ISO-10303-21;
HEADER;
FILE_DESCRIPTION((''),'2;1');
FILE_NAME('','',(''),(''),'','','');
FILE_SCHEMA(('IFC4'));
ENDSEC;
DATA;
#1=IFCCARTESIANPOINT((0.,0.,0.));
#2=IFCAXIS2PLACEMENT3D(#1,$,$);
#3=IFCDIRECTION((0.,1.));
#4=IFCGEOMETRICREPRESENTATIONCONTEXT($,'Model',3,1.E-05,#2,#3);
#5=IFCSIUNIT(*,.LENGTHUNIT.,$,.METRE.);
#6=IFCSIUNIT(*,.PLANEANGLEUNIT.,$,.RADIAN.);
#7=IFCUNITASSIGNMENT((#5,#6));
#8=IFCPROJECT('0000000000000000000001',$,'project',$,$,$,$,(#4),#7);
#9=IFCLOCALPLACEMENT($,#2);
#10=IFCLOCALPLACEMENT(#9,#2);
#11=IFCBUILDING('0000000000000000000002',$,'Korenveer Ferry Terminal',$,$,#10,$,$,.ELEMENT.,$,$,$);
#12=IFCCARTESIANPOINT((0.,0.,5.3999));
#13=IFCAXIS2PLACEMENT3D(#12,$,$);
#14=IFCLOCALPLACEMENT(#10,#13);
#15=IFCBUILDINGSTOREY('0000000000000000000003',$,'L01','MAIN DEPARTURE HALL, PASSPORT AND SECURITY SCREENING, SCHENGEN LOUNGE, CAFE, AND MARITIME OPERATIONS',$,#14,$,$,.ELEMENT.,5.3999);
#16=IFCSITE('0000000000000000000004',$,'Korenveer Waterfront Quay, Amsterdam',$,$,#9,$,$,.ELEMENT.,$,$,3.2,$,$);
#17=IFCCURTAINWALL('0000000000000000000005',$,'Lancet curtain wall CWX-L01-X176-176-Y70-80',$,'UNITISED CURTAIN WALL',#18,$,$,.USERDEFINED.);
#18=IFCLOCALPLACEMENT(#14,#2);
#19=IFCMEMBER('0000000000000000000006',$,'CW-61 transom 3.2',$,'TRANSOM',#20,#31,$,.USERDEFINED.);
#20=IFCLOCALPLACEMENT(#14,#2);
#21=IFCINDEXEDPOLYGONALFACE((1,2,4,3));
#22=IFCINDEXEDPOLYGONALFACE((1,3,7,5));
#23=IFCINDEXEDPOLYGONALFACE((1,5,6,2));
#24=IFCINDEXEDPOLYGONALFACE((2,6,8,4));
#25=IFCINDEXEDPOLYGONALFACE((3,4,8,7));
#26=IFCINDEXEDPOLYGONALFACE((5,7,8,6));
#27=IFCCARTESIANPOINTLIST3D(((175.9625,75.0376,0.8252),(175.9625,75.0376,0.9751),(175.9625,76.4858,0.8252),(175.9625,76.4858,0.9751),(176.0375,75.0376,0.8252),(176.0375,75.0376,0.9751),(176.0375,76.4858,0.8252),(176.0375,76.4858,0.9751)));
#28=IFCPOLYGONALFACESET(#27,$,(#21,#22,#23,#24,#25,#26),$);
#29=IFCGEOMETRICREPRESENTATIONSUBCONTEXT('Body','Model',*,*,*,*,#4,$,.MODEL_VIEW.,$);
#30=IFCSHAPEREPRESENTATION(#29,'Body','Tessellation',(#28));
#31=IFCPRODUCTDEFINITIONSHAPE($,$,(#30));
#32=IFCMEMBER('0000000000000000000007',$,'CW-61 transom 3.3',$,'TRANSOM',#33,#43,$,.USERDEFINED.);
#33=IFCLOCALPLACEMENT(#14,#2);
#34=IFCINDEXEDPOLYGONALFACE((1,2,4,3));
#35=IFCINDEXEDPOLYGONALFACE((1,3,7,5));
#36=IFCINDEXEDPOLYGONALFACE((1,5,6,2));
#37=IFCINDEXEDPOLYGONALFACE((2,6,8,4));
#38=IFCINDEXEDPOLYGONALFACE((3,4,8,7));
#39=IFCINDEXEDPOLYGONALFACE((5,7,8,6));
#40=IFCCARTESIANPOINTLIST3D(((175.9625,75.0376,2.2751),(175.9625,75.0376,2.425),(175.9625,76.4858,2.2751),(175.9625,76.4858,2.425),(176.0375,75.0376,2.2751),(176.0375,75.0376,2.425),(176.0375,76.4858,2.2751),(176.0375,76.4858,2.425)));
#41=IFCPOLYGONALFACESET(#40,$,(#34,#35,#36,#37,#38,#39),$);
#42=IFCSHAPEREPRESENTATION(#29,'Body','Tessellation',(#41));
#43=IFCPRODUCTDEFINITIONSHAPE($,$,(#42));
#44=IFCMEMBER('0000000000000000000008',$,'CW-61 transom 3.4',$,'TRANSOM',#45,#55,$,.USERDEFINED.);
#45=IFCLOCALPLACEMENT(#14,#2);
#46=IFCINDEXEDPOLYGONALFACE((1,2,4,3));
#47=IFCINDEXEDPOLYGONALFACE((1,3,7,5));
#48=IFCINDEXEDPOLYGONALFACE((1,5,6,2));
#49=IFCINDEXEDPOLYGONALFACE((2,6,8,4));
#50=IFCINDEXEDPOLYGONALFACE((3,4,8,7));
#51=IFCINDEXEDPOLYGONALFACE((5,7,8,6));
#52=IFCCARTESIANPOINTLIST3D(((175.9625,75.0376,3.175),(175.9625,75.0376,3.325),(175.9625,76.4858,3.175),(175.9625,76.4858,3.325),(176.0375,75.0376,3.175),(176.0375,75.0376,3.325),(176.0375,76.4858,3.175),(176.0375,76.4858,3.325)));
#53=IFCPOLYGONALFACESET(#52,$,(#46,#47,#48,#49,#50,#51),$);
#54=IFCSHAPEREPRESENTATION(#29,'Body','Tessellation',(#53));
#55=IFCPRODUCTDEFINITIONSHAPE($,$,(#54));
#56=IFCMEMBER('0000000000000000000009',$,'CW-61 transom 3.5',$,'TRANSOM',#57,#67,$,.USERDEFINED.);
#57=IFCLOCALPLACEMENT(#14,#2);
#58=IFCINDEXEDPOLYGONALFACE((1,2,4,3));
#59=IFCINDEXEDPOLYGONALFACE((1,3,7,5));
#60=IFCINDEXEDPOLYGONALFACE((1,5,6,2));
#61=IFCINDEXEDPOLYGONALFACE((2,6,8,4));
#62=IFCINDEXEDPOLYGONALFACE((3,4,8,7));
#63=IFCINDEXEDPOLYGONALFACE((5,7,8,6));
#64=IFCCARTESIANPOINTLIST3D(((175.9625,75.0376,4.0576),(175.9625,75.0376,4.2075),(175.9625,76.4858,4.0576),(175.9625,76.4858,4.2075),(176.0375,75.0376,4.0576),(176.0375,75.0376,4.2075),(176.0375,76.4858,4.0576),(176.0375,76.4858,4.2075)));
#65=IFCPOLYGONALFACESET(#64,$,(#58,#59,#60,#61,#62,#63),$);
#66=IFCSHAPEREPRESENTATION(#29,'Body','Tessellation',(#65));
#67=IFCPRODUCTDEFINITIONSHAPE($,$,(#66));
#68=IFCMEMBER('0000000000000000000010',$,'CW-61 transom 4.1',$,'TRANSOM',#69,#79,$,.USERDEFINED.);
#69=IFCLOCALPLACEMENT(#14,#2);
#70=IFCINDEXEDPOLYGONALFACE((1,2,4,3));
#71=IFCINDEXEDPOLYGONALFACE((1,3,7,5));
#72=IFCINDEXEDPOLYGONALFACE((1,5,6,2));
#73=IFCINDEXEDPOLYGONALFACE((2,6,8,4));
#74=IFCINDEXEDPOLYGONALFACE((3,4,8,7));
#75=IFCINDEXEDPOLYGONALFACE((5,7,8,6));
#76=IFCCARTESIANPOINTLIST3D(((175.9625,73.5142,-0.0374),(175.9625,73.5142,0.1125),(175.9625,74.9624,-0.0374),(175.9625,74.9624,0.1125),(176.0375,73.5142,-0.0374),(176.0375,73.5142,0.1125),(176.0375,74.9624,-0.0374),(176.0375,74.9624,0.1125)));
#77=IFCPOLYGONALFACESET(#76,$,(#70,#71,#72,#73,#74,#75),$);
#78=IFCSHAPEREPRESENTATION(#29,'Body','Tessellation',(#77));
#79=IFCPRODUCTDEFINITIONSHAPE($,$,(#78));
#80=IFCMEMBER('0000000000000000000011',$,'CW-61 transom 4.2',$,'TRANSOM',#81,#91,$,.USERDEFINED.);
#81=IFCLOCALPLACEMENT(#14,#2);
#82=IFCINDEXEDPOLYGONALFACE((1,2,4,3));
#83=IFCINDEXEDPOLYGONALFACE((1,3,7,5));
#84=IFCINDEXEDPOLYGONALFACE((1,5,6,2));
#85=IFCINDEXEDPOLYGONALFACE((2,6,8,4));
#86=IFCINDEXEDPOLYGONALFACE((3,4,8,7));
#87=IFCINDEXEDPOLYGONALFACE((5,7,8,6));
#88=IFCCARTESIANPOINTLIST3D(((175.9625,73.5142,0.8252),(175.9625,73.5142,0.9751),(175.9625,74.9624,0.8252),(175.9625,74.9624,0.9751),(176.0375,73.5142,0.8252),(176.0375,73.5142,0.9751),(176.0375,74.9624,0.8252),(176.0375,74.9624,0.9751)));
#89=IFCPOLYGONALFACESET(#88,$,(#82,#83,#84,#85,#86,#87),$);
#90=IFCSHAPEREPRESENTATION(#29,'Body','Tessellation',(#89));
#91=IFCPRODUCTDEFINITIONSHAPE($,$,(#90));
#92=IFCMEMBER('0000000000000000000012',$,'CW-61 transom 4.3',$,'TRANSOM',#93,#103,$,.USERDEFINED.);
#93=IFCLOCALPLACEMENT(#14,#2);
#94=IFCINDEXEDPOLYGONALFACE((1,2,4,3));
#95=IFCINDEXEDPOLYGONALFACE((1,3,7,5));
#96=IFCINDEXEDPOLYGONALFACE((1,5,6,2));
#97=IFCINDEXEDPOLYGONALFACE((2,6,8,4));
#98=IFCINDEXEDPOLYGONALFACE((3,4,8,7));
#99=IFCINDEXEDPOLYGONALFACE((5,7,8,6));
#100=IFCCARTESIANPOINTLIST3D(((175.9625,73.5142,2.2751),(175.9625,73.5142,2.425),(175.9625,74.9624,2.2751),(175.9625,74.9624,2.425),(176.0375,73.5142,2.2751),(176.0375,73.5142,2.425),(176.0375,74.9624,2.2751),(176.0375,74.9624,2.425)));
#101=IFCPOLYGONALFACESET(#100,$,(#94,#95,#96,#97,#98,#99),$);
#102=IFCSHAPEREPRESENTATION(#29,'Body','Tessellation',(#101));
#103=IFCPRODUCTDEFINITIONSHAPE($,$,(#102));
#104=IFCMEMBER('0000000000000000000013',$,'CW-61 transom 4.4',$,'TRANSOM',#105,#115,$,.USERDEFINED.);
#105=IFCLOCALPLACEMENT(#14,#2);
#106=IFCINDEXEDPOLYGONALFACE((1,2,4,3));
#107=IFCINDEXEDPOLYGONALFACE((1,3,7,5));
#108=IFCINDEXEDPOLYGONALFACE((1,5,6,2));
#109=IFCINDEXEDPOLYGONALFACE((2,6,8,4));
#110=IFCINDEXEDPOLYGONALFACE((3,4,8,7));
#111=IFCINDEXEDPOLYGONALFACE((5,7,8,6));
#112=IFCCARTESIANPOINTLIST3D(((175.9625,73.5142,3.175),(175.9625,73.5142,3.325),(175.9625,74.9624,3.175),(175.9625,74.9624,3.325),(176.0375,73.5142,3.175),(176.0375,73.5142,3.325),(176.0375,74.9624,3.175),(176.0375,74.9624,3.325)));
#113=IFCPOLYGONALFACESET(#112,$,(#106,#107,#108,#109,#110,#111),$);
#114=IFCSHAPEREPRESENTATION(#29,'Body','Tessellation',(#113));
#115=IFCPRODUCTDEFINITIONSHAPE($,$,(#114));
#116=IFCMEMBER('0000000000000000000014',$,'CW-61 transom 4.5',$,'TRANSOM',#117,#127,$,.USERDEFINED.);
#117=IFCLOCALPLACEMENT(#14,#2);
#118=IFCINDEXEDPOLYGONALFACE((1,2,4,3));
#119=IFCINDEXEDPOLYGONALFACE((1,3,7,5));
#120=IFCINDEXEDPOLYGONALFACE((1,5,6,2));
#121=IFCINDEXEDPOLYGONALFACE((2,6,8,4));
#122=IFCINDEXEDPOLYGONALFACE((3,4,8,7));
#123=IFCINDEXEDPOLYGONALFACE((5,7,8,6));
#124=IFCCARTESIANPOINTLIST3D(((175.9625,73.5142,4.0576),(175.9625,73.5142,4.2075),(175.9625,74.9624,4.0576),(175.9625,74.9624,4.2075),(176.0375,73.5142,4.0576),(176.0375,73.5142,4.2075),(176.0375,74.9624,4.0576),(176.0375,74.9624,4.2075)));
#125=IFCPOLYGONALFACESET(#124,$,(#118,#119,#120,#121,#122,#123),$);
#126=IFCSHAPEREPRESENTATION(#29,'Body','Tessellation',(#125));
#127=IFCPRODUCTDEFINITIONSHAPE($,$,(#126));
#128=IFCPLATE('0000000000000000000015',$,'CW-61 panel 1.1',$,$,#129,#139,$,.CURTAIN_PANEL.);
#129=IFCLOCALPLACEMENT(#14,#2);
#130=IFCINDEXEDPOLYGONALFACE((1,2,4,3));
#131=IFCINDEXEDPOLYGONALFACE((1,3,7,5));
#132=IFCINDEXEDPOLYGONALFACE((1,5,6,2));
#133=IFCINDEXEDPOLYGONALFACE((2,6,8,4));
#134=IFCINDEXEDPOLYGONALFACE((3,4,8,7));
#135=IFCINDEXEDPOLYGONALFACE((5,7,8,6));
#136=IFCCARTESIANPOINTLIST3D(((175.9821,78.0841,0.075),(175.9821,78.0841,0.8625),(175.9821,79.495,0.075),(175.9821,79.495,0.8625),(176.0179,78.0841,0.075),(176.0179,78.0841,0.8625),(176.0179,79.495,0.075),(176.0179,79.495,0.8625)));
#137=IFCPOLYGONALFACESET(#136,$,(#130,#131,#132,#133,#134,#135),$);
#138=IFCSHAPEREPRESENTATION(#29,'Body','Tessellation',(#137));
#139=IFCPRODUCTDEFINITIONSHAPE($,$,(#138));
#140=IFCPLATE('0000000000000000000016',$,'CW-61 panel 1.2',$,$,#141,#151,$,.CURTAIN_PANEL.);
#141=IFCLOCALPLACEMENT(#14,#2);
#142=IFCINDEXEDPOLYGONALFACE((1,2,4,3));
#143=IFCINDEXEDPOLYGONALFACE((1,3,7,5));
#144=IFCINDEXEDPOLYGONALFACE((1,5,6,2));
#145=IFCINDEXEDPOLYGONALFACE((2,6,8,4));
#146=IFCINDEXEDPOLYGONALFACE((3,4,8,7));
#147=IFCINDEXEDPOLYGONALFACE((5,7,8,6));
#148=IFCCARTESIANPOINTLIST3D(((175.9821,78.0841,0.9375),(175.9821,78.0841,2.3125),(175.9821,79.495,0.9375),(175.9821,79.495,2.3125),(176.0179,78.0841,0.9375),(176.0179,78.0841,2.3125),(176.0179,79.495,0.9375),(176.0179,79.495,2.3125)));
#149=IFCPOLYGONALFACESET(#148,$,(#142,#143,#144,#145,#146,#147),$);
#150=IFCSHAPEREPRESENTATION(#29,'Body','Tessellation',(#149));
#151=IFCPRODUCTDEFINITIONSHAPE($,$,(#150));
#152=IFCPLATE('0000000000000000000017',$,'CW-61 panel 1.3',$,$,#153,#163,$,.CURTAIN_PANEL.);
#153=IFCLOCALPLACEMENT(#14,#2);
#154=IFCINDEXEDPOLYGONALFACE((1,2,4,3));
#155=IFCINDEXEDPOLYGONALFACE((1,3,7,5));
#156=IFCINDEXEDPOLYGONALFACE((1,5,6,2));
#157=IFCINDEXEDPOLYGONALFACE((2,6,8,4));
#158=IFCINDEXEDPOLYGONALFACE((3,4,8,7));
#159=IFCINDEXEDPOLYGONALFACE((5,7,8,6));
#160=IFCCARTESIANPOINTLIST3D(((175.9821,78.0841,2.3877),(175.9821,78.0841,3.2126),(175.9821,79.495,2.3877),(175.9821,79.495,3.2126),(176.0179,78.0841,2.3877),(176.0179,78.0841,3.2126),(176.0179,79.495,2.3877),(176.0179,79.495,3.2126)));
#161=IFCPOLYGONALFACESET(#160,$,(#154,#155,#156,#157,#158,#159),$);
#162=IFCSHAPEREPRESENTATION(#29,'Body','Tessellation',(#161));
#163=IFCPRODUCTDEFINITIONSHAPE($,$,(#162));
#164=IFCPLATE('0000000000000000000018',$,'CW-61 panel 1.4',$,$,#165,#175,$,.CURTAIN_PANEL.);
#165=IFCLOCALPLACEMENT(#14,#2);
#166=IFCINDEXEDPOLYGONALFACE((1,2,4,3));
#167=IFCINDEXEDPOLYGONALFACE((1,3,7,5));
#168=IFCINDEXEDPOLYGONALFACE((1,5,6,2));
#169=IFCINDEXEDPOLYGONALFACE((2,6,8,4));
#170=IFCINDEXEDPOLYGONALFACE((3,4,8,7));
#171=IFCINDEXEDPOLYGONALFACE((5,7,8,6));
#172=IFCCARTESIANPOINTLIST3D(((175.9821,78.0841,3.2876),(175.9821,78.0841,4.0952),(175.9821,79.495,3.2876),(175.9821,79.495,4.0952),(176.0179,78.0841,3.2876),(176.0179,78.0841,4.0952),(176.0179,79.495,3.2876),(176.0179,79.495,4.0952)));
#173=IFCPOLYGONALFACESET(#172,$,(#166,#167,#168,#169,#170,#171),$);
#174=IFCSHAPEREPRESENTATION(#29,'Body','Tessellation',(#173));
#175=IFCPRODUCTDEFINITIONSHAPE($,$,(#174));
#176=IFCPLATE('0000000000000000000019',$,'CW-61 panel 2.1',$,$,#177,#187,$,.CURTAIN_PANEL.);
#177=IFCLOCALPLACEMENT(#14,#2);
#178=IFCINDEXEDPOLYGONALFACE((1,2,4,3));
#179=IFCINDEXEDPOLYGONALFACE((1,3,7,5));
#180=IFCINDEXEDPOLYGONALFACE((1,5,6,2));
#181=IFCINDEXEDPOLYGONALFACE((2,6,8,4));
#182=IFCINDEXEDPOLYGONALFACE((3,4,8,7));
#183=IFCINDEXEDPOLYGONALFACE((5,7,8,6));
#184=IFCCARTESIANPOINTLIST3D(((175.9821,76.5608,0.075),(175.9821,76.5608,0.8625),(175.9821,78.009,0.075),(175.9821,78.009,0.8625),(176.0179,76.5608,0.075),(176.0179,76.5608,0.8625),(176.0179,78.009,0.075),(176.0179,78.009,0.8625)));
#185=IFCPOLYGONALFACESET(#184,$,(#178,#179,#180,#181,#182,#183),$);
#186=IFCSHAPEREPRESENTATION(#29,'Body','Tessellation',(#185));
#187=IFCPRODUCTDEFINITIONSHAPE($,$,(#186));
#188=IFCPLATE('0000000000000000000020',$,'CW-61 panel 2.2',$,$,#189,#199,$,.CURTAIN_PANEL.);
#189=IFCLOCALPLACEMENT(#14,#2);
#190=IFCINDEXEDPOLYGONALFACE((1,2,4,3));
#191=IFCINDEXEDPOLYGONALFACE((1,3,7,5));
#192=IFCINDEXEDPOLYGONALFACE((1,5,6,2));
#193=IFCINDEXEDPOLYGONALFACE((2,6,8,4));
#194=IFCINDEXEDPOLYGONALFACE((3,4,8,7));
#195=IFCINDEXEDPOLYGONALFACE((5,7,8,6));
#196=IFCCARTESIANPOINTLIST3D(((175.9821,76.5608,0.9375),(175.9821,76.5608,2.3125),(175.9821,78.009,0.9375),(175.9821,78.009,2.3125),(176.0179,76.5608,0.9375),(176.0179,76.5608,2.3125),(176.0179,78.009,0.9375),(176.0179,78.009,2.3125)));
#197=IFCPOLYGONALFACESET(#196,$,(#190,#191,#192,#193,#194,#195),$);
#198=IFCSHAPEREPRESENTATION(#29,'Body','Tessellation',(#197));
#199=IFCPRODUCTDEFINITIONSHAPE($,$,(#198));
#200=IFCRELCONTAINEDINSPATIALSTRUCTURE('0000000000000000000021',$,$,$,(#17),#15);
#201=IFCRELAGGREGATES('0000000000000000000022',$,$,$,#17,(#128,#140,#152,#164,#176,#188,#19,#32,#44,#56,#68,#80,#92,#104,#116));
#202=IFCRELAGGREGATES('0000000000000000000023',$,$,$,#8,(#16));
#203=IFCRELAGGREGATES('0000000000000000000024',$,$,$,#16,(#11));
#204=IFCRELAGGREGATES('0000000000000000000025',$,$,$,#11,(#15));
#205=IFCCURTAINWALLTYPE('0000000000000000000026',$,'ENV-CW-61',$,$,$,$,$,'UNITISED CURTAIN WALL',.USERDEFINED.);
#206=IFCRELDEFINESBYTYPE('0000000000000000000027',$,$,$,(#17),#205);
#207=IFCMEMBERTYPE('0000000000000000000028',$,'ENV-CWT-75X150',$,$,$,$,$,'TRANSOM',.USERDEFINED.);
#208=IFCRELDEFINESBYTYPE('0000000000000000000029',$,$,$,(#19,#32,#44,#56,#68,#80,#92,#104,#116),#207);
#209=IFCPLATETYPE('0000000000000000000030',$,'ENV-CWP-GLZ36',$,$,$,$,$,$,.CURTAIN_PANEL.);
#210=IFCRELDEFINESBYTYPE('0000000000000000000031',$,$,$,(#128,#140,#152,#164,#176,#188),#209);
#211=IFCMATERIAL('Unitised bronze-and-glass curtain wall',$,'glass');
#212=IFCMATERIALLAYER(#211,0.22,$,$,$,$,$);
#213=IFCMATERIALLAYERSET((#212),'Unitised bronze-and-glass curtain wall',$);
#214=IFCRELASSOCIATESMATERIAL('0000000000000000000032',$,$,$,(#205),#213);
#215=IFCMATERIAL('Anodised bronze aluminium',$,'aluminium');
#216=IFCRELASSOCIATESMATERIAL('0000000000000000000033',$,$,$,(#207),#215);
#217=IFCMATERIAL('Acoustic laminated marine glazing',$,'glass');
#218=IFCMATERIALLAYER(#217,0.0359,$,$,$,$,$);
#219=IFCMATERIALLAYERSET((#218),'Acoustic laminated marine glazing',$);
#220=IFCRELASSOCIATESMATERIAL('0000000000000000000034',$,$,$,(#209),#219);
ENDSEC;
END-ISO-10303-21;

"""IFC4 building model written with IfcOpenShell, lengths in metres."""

from ifc_helpers import new_model, si_unit, direction, frame, origin, origin_2d, place, context, subcontext, project, spatial, rectangle, extrude, material, layer, layer_set, material_profile, profile_set, type_object, element, aggregate, save


model = new_model("IFC4")

# Units and contexts
model_context = context("Model", 3, precision=1e-05, world=origin(), true_north=direction((0.0, 1.0)))
body_context = subcontext(model_context, "Body", "Model", "MODEL_VIEW")
ifc_project = project(units=[si_unit("LENGTHUNIT", "METRE"), si_unit("PLANEANGLEUNIT", "RADIAN")], contexts=[model_context])

# Site, building, storey
site_placement = place(None, origin())
site = spatial("IfcSite", under=ifc_project, at=site_placement, Name="Korenveer Waterfront Quay, Amsterdam", CompositionType="ELEMENT", RefElevation=3.2)
building_placement = place(site_placement, origin())
building = spatial("IfcBuilding", under=site, at=building_placement, Name="Korenveer Ferry Terminal", CompositionType="ELEMENT")
storey_placement = place(building_placement, frame((0.0, 0.0, 5.3999)))
storey = spatial("IfcBuildingStorey", under=building, at=storey_placement, Name="L01", Description="MAIN DEPARTURE HALL, PASSPORT AND SECURITY SCREENING, SCHENGEN LOUNGE, CAFE, AND MARITIME OPERATIONS", CompositionType="ELEMENT", Elevation=5.3999)

# Curtain wall, members, plates
ifc_material_1 = material(Name="Unitised bronze-and-glass curtain wall", Category="glass")
ifc_layer_1 = layer(ifc_material_1, 0.22)
ifc_layer_set_1 = layer_set([ifc_layer_1], Name="Unitised bronze-and-glass curtain wall")
curtain_wall_type = type_object("IfcCurtainWallType", Name="ENV-CW-61", ElementType="UNITISED CURTAIN WALL", PredefinedType="USERDEFINED", material=ifc_layer_set_1)
curtain_wall_placement = place(storey_placement, frame((176.0, 79.5701, 0.0)))
curtain_wall = element("IfcCurtainWall", 1, at=curtain_wall_placement, inside=storey, type_object=curtain_wall_type, Name="Lancet curtain wall CWX-L01-X176-176-Y70-80", ObjectType="UNITISED CURTAIN WALL", PredefinedType="USERDEFINED")
ifc_material_2 = material(Name="Anodised bronze aluminium", Category="aluminium")
ifc_material_profile_1 = material_profile(ifc_material_2, rectangle(XDim=0.075, YDim=0.1499, at=origin_2d()), Name="ALU 75x150")
ifc_profile_set_1 = profile_set([ifc_material_profile_1], Name="Anodised bronze aluminium")
member_type_1 = type_object("IfcMemberType", Name="ENV-CWT-75X150", ElementType="TRANSOM", PredefinedType="USERDEFINED", material=ifc_profile_set_1)
member_1_placement = place(storey_placement, frame((176.0, 76.4858, 0.9001), z_axis=(0.0, -1.0, 0.0), x_axis=(1.0, 0.0, 0.0)))
member_1 = element("IfcMember", 2, at=member_1_placement, type_object=member_type_1, Name="CW-61 transom 3.2", ObjectType="TRANSOM", PredefinedType="USERDEFINED", context=body_context, shape_type="SweptSolid", body=[
    extrude(rectangle(XDim=0.075, YDim=0.1499, at=origin_2d()), origin(), (0.0, 0.0, 1.0), 1.4482),
])
member_2_placement = place(storey_placement, frame((176.0, 76.4858, 2.3501), z_axis=(0.0, -1.0, 0.0), x_axis=(1.0, 0.0, 0.0)))
member_2 = element("IfcMember", 3, at=member_2_placement, type_object=member_type_1, Name="CW-61 transom 3.3", ObjectType="TRANSOM", PredefinedType="USERDEFINED", context=body_context, shape_type="SweptSolid", body=[
    extrude(rectangle(XDim=0.075, YDim=0.1499, at=origin_2d()), origin(), (0.0, 0.0, 1.0), 1.4482),
])
member_3_placement = place(storey_placement, frame((176.0, 76.4858, 3.25), z_axis=(0.0, -1.0, 0.0), x_axis=(1.0, 0.0, 0.0)))
member_3 = element("IfcMember", 4, at=member_3_placement, type_object=member_type_1, Name="CW-61 transom 3.4", ObjectType="TRANSOM", PredefinedType="USERDEFINED", context=body_context, shape_type="SweptSolid", body=[
    extrude(rectangle(XDim=0.075, YDim=0.1499, at=origin_2d()), origin(), (0.0, 0.0, 1.0), 1.4482),
])
member_4_placement = place(storey_placement, frame((176.0, 76.4858, 4.1326), z_axis=(0.0, -1.0, 0.0), x_axis=(1.0, 0.0, 0.0)))
member_4 = element("IfcMember", 5, at=member_4_placement, type_object=member_type_1, Name="CW-61 transom 3.5", ObjectType="TRANSOM", PredefinedType="USERDEFINED", context=body_context, shape_type="SweptSolid", body=[
    extrude(rectangle(XDim=0.075, YDim=0.1499, at=origin_2d()), origin(), (0.0, 0.0, 1.0), 1.4482),
])
member_5_placement = place(storey_placement, frame((176.0, 74.9624, 0.0376), z_axis=(0.0, -1.0, 0.0), x_axis=(1.0, 0.0, 0.0)))
member_5 = element("IfcMember", 6, at=member_5_placement, type_object=member_type_1, Name="CW-61 transom 4.1", ObjectType="TRANSOM", PredefinedType="USERDEFINED", context=body_context, shape_type="SweptSolid", body=[
    extrude(rectangle(XDim=0.075, YDim=0.1499, at=origin_2d()), origin(), (0.0, 0.0, 1.0), 1.4482),
])
member_6_placement = place(storey_placement, frame((176.0, 74.9624, 0.9001), z_axis=(0.0, -1.0, 0.0), x_axis=(1.0, 0.0, 0.0)))
member_6 = element("IfcMember", 7, at=member_6_placement, type_object=member_type_1, Name="CW-61 transom 4.2", ObjectType="TRANSOM", PredefinedType="USERDEFINED", context=body_context, shape_type="SweptSolid", body=[
    extrude(rectangle(XDim=0.075, YDim=0.1499, at=origin_2d()), origin(), (0.0, 0.0, 1.0), 1.4482),
])
member_7_placement = place(storey_placement, frame((176.0, 74.9624, 2.3501), z_axis=(0.0, -1.0, 0.0), x_axis=(1.0, 0.0, 0.0)))
member_7 = element("IfcMember", 8, at=member_7_placement, type_object=member_type_1, Name="CW-61 transom 4.3", ObjectType="TRANSOM", PredefinedType="USERDEFINED", context=body_context, shape_type="SweptSolid", body=[
    extrude(rectangle(XDim=0.075, YDim=0.1499, at=origin_2d()), origin(), (0.0, 0.0, 1.0), 1.4482),
])
member_8_placement = place(storey_placement, frame((176.0, 74.9624, 3.25), z_axis=(0.0, -1.0, 0.0), x_axis=(1.0, 0.0, 0.0)))
member_8 = element("IfcMember", 9, at=member_8_placement, type_object=member_type_1, Name="CW-61 transom 4.4", ObjectType="TRANSOM", PredefinedType="USERDEFINED", context=body_context, shape_type="SweptSolid", body=[
    extrude(rectangle(XDim=0.075, YDim=0.1499, at=origin_2d()), origin(), (0.0, 0.0, 1.0), 1.4482),
])
member_9_placement = place(storey_placement, frame((176.0, 74.9624, 4.1326), z_axis=(0.0, -1.0, 0.0), x_axis=(1.0, 0.0, 0.0)))
member_9 = element("IfcMember", 10, at=member_9_placement, type_object=member_type_1, Name="CW-61 transom 4.5", ObjectType="TRANSOM", PredefinedType="USERDEFINED", context=body_context, shape_type="SweptSolid", body=[
    extrude(rectangle(XDim=0.075, YDim=0.1499, at=origin_2d()), origin(), (0.0, 0.0, 1.0), 1.4482),
])
ifc_material_3 = material(Name="Acoustic laminated marine glazing", Category="glass")
ifc_layer_2 = layer(ifc_material_3, 0.0359)
ifc_layer_set_2 = layer_set([ifc_layer_2], Name="Acoustic laminated marine glazing")
plate_type = type_object("IfcPlateType", Name="ENV-CWP-GLZ36", PredefinedType="CURTAIN_PANEL", material=ifc_layer_set_2)
plate_1_placement = place(storey_placement, frame((176.0, 78.7896, 0.075), z_axis=(0.0, 0.0, 1.0), x_axis=(0.0, -1.0, 0.0)))
plate_1 = element("IfcPlate", 11, at=plate_1_placement, type_object=plate_type, Name="CW-61 panel 1.1", PredefinedType="CURTAIN_PANEL", context=body_context, shape_type="SweptSolid", body=[
    extrude(rectangle(XDim=1.4109, YDim=0.0359, at=origin_2d()), origin(), (0.0, 0.0, 1.0), 0.7876),
])
plate_2_placement = place(storey_placement, frame((176.0, 78.7896, 0.9375), z_axis=(0.0, 0.0, 1.0), x_axis=(0.0, -1.0, 0.0)))
plate_2 = element("IfcPlate", 12, at=plate_2_placement, type_object=plate_type, Name="CW-61 panel 1.2", PredefinedType="CURTAIN_PANEL", context=body_context, shape_type="SweptSolid", body=[
    extrude(rectangle(XDim=1.4109, YDim=0.0359, at=origin_2d()), origin(), (0.0, 0.0, 1.0), 1.375),
])
plate_3_placement = place(storey_placement, frame((176.0, 78.7896, 2.3877), z_axis=(0.0, 0.0, 1.0), x_axis=(0.0, -1.0, 0.0)))
plate_3 = element("IfcPlate", 13, at=plate_3_placement, type_object=plate_type, Name="CW-61 panel 1.3", PredefinedType="CURTAIN_PANEL", context=body_context, shape_type="SweptSolid", body=[
    extrude(rectangle(XDim=1.4109, YDim=0.0359, at=origin_2d()), origin(), (0.0, 0.0, 1.0), 0.825),
])
plate_4_placement = place(storey_placement, frame((176.0, 78.7896, 3.2876), z_axis=(0.0, 0.0, 1.0), x_axis=(0.0, -1.0, 0.0)))
plate_4 = element("IfcPlate", 14, at=plate_4_placement, type_object=plate_type, Name="CW-61 panel 1.4", PredefinedType="CURTAIN_PANEL", context=body_context, shape_type="SweptSolid", body=[
    extrude(rectangle(XDim=1.4109, YDim=0.0359, at=origin_2d()), origin(), (0.0, 0.0, 1.0), 0.8076),
])
plate_5_placement = place(storey_placement, frame((176.0, 77.2849, 0.075), z_axis=(0.0, 0.0, 1.0), x_axis=(0.0, -1.0, 0.0)))
plate_5 = element("IfcPlate", 15, at=plate_5_placement, type_object=plate_type, Name="CW-61 panel 2.1", PredefinedType="CURTAIN_PANEL", context=body_context, shape_type="SweptSolid", body=[
    extrude(rectangle(XDim=1.4482, YDim=0.0359, at=origin_2d()), origin(), (0.0, 0.0, 1.0), 0.7876),
])
plate_6_placement = place(storey_placement, frame((176.0, 77.2849, 0.9375), z_axis=(0.0, 0.0, 1.0), x_axis=(0.0, -1.0, 0.0)))
plate_6 = element("IfcPlate", 16, at=plate_6_placement, type_object=plate_type, Name="CW-61 panel 2.2", PredefinedType="CURTAIN_PANEL", context=body_context, shape_type="SweptSolid", body=[
    extrude(rectangle(XDim=1.4482, YDim=0.0359, at=origin_2d()), origin(), (0.0, 0.0, 1.0), 1.375),
])
aggregate(curtain_wall, [plate_1, plate_2, plate_3, plate_4, plate_5, plate_6, member_1, member_2, member_3, member_4, member_5, member_6, member_7, member_8, member_9])

save(model, "model.ifc")
